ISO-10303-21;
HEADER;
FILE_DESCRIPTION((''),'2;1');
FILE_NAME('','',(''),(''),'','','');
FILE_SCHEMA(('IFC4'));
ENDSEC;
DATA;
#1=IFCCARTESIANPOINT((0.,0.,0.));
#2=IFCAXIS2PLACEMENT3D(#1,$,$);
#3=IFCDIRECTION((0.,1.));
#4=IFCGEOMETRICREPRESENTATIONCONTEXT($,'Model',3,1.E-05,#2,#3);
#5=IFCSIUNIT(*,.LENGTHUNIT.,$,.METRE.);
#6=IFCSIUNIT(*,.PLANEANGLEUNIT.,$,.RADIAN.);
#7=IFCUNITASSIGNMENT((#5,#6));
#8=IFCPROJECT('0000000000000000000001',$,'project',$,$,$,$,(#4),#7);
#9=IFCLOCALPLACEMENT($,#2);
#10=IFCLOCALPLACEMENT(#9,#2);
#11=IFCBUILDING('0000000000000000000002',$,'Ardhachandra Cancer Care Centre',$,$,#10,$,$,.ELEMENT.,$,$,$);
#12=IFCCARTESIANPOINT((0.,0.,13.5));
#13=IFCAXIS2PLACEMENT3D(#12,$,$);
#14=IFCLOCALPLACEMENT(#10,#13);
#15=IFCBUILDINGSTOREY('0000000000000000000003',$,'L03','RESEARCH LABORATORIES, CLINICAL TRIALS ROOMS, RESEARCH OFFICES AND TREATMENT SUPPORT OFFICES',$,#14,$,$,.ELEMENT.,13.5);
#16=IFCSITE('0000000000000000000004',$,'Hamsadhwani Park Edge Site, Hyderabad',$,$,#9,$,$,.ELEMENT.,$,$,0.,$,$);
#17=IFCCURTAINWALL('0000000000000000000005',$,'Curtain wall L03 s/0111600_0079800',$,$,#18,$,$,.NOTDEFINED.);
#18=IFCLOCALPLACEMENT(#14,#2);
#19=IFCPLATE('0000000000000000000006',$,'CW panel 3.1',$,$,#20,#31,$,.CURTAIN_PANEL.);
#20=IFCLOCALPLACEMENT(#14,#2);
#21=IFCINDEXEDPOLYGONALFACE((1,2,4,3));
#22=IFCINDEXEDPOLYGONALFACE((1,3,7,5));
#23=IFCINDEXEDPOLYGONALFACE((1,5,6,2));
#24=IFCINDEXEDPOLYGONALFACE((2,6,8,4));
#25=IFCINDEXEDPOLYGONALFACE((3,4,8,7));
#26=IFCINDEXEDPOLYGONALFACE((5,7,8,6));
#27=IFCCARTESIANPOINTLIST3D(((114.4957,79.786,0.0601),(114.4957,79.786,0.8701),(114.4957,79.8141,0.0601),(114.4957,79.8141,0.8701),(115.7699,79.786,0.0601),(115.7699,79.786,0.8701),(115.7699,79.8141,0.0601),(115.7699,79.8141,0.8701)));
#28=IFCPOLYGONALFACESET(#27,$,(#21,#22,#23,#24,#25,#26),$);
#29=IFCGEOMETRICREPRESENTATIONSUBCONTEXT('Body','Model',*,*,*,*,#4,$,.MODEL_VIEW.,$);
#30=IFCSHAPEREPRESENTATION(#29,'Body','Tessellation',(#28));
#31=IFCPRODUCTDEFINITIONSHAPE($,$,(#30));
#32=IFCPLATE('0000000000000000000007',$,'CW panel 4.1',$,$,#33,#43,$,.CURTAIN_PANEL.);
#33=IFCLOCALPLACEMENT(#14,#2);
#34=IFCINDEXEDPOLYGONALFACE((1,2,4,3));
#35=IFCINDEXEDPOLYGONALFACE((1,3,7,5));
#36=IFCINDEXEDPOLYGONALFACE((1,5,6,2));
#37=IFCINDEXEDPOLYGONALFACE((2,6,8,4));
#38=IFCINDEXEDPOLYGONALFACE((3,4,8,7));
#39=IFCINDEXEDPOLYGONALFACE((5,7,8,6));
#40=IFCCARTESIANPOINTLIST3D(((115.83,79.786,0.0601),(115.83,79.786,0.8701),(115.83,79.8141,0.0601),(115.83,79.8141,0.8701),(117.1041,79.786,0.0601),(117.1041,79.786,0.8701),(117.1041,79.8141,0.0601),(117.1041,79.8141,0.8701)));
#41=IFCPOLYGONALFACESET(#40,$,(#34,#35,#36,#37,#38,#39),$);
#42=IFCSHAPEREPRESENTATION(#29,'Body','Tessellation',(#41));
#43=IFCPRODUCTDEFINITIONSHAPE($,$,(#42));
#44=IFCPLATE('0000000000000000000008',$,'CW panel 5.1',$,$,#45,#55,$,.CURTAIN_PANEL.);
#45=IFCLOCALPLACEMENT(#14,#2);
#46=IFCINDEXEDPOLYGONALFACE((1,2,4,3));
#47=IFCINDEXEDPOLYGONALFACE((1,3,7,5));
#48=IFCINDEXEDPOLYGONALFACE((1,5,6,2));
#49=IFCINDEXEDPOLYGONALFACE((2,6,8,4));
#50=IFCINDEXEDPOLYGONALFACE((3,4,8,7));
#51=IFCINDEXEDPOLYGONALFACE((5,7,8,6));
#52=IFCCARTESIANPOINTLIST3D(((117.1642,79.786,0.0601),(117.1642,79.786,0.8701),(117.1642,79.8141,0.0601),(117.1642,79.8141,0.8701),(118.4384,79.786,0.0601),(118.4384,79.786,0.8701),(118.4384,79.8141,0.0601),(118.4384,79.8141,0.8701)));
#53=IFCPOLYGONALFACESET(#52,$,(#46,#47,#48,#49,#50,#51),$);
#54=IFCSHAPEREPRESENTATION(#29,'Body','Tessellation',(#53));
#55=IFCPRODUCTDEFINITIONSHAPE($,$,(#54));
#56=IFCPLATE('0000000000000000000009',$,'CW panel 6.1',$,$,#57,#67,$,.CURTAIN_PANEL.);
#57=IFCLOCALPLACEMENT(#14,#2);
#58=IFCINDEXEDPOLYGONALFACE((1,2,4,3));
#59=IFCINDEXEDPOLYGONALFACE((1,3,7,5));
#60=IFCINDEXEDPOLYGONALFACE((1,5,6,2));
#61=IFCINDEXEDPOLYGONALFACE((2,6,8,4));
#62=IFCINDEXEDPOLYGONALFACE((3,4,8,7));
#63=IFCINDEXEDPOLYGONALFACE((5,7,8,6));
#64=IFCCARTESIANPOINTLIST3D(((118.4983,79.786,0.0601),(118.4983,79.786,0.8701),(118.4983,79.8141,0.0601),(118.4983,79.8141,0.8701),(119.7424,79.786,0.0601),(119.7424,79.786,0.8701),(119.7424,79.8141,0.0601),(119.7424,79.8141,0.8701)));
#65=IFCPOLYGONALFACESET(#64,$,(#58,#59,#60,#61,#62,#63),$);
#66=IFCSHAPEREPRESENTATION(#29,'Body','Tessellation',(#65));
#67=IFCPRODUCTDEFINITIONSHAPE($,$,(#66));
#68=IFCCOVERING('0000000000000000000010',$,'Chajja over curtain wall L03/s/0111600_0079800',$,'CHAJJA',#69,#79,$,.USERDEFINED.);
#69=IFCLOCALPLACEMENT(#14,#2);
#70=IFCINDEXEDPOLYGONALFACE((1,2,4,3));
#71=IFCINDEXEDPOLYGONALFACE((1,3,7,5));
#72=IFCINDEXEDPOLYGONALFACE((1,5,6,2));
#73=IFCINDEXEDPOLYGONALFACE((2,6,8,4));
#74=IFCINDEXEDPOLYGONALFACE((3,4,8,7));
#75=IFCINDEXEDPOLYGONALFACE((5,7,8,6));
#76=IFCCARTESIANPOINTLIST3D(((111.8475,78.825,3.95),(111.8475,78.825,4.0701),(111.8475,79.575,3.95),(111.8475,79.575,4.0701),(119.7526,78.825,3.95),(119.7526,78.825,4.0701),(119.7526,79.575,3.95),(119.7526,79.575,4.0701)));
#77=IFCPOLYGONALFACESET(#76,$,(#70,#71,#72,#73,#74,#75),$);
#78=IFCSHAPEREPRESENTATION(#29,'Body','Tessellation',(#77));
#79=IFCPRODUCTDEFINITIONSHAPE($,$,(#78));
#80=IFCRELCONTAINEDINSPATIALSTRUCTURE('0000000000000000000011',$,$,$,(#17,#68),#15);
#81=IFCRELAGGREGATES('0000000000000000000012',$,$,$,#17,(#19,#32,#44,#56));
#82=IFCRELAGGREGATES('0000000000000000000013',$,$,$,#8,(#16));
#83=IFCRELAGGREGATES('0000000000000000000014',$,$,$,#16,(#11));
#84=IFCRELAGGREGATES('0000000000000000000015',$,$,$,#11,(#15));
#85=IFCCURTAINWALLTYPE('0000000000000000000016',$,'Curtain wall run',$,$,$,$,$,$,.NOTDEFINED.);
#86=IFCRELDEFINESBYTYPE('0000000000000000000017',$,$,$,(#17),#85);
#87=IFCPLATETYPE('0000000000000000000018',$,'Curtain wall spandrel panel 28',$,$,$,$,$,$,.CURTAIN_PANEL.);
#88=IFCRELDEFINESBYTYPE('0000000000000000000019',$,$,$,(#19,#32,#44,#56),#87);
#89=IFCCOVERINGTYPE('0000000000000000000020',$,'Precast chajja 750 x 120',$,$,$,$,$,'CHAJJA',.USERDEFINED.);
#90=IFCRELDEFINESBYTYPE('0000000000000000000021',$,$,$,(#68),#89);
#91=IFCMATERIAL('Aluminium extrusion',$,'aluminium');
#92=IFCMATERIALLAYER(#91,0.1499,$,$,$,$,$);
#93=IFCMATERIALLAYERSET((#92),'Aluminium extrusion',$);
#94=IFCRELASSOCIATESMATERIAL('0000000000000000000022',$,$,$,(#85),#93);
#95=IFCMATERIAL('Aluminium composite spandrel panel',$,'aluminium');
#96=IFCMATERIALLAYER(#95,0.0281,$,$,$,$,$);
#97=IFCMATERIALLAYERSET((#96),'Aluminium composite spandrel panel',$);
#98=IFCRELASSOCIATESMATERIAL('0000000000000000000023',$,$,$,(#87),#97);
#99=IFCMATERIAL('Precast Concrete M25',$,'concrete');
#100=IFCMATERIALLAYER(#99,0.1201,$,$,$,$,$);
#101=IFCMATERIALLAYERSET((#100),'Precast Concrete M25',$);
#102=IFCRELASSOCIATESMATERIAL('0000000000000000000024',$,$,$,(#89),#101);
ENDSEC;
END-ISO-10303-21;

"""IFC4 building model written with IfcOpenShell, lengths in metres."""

from ifc_helpers import new_model, si_unit, direction, frame, origin, origin_2d, place, context, subcontext, project, spatial, rectangle, extrude, material, layer, layer_set, type_object, element, aggregate, save


model = new_model("IFC4")

# Units and contexts
model_context = context("Model", 3, precision=1e-05, world=origin(), true_north=direction((0.0, 1.0)))
body_context = subcontext(model_context, "Body", "Model", "MODEL_VIEW")
ifc_project = project(units=[si_unit("LENGTHUNIT", "METRE"), si_unit("PLANEANGLEUNIT", "RADIAN")], contexts=[model_context])

# Site, building, storey
site_placement = place(None, origin())
site = spatial("IfcSite", under=ifc_project, at=site_placement, Name="Hamsadhwani Park Edge Site, Hyderabad", CompositionType="ELEMENT", RefElevation=0.0)
building_placement = place(site_placement, origin())
building = spatial("IfcBuilding", under=site, at=building_placement, Name="Ardhachandra Cancer Care Centre", CompositionType="ELEMENT")
storey_placement = place(building_placement, frame((0.0, 0.0, 13.5)))
storey = spatial("IfcBuildingStorey", under=building, at=storey_placement, Name="L03", Description="RESEARCH LABORATORIES, CLINICAL TRIALS ROOMS, RESEARCH OFFICES AND TREATMENT SUPPORT OFFICES", CompositionType="ELEMENT", Elevation=13.5)

# Curtain wall, plates
ifc_material_1 = material(Name="Aluminium extrusion", Category="aluminium")
ifc_layer_1 = layer(ifc_material_1, 0.1499)
ifc_layer_set_1 = layer_set([ifc_layer_1], Name="Aluminium extrusion")
curtain_wall_type = type_object("IfcCurtainWallType", Name="Curtain wall run", PredefinedType="NOTDEFINED", material=ifc_layer_set_1)
curtain_wall_placement = place(storey_placement, origin())
curtain_wall = element("IfcCurtainWall", 1, at=curtain_wall_placement, inside=storey, type_object=curtain_wall_type, Name="Curtain wall L03 s/0111600_0079800", PredefinedType="NOTDEFINED")
ifc_material_2 = material(Name="Aluminium composite spandrel panel", Category="aluminium")
ifc_layer_2 = layer(ifc_material_2, 0.0281)
ifc_layer_set_2 = layer_set([ifc_layer_2], Name="Aluminium composite spandrel panel")
plate_type_1 = type_object("IfcPlateType", Name="Curtain wall spandrel panel 28", PredefinedType="CURTAIN_PANEL", material=ifc_layer_set_2)
plate_1_placement = place(storey_placement, frame((115.1328, 79.8, 0.0601), z_axis=(0.0, 0.0, 1.0), x_axis=(1.0, 0.0, 0.0)))
plate_1 = element("IfcPlate", 2, at=plate_1_placement, type_object=plate_type_1, Name="CW panel 3.1", PredefinedType="CURTAIN_PANEL", context=body_context, shape_type="SweptSolid", body=[
    extrude(rectangle(XDim=1.2742, YDim=0.0281, at=origin_2d()), origin(), (0.0, 0.0, 1.0), 0.8101),
])
plate_2_placement = place(storey_placement, frame((116.467, 79.8, 0.0601), z_axis=(0.0, 0.0, 1.0), x_axis=(1.0, 0.0, 0.0)))
plate_2 = element("IfcPlate", 3, at=plate_2_placement, type_object=plate_type_1, Name="CW panel 4.1", PredefinedType="CURTAIN_PANEL", context=body_context, shape_type="SweptSolid", body=[
    extrude(rectangle(XDim=1.2742, YDim=0.0281, at=origin_2d()), origin(), (0.0, 0.0, 1.0), 0.8101),
])
plate_3_placement = place(storey_placement, frame((117.8013, 79.8, 0.0601), z_axis=(0.0, 0.0, 1.0), x_axis=(1.0, 0.0, 0.0)))
plate_3 = element("IfcPlate", 4, at=plate_3_placement, type_object=plate_type_1, Name="CW panel 5.1", PredefinedType="CURTAIN_PANEL", context=body_context, shape_type="SweptSolid", body=[
    extrude(rectangle(XDim=1.2742, YDim=0.0281, at=origin_2d()), origin(), (0.0, 0.0, 1.0), 0.8101),
])
plate_4_placement = place(storey_placement, frame((119.1204, 79.8, 0.0601), z_axis=(0.0, 0.0, 1.0), x_axis=(1.0, 0.0, 0.0)))
plate_4 = element("IfcPlate", 5, at=plate_4_placement, type_object=plate_type_1, Name="CW panel 6.1", PredefinedType="CURTAIN_PANEL", context=body_context, shape_type="SweptSolid", body=[
    extrude(rectangle(XDim=1.2441, YDim=0.0281, at=origin_2d()), origin(), (0.0, 0.0, 1.0), 0.8101),
])
aggregate(curtain_wall, [plate_1, plate_2, plate_3, plate_4])

# Covering
ifc_material_3 = material(Name="Precast Concrete M25", Category="concrete")
ifc_layer_3 = layer(ifc_material_3, 0.1201)
ifc_layer_set_3 = layer_set([ifc_layer_3], Name="Precast Concrete M25")
covering_type = type_object("IfcCoveringType", Name="Precast chajja 750 x 120", ElementType="CHAJJA", PredefinedType="USERDEFINED", material=ifc_layer_set_3)
covering_placement = place(storey_placement, frame((115.8, 79.2, 3.95), z_axis=(0.0, 0.0, 1.0), x_axis=(1.0, 0.0, 0.0)))
element("IfcCovering", 6, at=covering_placement, inside=storey, type_object=covering_type, Name="Chajja over curtain wall L03/s/0111600_0079800", ObjectType="CHAJJA", PredefinedType="USERDEFINED", context=body_context, shape_type="SweptSolid", body=[
    extrude(rectangle(XDim=7.905, YDim=0.75, at=origin_2d()), origin(), (0.0, 0.0, 1.0), 0.1201),
])

save(model, "model.ifc")
